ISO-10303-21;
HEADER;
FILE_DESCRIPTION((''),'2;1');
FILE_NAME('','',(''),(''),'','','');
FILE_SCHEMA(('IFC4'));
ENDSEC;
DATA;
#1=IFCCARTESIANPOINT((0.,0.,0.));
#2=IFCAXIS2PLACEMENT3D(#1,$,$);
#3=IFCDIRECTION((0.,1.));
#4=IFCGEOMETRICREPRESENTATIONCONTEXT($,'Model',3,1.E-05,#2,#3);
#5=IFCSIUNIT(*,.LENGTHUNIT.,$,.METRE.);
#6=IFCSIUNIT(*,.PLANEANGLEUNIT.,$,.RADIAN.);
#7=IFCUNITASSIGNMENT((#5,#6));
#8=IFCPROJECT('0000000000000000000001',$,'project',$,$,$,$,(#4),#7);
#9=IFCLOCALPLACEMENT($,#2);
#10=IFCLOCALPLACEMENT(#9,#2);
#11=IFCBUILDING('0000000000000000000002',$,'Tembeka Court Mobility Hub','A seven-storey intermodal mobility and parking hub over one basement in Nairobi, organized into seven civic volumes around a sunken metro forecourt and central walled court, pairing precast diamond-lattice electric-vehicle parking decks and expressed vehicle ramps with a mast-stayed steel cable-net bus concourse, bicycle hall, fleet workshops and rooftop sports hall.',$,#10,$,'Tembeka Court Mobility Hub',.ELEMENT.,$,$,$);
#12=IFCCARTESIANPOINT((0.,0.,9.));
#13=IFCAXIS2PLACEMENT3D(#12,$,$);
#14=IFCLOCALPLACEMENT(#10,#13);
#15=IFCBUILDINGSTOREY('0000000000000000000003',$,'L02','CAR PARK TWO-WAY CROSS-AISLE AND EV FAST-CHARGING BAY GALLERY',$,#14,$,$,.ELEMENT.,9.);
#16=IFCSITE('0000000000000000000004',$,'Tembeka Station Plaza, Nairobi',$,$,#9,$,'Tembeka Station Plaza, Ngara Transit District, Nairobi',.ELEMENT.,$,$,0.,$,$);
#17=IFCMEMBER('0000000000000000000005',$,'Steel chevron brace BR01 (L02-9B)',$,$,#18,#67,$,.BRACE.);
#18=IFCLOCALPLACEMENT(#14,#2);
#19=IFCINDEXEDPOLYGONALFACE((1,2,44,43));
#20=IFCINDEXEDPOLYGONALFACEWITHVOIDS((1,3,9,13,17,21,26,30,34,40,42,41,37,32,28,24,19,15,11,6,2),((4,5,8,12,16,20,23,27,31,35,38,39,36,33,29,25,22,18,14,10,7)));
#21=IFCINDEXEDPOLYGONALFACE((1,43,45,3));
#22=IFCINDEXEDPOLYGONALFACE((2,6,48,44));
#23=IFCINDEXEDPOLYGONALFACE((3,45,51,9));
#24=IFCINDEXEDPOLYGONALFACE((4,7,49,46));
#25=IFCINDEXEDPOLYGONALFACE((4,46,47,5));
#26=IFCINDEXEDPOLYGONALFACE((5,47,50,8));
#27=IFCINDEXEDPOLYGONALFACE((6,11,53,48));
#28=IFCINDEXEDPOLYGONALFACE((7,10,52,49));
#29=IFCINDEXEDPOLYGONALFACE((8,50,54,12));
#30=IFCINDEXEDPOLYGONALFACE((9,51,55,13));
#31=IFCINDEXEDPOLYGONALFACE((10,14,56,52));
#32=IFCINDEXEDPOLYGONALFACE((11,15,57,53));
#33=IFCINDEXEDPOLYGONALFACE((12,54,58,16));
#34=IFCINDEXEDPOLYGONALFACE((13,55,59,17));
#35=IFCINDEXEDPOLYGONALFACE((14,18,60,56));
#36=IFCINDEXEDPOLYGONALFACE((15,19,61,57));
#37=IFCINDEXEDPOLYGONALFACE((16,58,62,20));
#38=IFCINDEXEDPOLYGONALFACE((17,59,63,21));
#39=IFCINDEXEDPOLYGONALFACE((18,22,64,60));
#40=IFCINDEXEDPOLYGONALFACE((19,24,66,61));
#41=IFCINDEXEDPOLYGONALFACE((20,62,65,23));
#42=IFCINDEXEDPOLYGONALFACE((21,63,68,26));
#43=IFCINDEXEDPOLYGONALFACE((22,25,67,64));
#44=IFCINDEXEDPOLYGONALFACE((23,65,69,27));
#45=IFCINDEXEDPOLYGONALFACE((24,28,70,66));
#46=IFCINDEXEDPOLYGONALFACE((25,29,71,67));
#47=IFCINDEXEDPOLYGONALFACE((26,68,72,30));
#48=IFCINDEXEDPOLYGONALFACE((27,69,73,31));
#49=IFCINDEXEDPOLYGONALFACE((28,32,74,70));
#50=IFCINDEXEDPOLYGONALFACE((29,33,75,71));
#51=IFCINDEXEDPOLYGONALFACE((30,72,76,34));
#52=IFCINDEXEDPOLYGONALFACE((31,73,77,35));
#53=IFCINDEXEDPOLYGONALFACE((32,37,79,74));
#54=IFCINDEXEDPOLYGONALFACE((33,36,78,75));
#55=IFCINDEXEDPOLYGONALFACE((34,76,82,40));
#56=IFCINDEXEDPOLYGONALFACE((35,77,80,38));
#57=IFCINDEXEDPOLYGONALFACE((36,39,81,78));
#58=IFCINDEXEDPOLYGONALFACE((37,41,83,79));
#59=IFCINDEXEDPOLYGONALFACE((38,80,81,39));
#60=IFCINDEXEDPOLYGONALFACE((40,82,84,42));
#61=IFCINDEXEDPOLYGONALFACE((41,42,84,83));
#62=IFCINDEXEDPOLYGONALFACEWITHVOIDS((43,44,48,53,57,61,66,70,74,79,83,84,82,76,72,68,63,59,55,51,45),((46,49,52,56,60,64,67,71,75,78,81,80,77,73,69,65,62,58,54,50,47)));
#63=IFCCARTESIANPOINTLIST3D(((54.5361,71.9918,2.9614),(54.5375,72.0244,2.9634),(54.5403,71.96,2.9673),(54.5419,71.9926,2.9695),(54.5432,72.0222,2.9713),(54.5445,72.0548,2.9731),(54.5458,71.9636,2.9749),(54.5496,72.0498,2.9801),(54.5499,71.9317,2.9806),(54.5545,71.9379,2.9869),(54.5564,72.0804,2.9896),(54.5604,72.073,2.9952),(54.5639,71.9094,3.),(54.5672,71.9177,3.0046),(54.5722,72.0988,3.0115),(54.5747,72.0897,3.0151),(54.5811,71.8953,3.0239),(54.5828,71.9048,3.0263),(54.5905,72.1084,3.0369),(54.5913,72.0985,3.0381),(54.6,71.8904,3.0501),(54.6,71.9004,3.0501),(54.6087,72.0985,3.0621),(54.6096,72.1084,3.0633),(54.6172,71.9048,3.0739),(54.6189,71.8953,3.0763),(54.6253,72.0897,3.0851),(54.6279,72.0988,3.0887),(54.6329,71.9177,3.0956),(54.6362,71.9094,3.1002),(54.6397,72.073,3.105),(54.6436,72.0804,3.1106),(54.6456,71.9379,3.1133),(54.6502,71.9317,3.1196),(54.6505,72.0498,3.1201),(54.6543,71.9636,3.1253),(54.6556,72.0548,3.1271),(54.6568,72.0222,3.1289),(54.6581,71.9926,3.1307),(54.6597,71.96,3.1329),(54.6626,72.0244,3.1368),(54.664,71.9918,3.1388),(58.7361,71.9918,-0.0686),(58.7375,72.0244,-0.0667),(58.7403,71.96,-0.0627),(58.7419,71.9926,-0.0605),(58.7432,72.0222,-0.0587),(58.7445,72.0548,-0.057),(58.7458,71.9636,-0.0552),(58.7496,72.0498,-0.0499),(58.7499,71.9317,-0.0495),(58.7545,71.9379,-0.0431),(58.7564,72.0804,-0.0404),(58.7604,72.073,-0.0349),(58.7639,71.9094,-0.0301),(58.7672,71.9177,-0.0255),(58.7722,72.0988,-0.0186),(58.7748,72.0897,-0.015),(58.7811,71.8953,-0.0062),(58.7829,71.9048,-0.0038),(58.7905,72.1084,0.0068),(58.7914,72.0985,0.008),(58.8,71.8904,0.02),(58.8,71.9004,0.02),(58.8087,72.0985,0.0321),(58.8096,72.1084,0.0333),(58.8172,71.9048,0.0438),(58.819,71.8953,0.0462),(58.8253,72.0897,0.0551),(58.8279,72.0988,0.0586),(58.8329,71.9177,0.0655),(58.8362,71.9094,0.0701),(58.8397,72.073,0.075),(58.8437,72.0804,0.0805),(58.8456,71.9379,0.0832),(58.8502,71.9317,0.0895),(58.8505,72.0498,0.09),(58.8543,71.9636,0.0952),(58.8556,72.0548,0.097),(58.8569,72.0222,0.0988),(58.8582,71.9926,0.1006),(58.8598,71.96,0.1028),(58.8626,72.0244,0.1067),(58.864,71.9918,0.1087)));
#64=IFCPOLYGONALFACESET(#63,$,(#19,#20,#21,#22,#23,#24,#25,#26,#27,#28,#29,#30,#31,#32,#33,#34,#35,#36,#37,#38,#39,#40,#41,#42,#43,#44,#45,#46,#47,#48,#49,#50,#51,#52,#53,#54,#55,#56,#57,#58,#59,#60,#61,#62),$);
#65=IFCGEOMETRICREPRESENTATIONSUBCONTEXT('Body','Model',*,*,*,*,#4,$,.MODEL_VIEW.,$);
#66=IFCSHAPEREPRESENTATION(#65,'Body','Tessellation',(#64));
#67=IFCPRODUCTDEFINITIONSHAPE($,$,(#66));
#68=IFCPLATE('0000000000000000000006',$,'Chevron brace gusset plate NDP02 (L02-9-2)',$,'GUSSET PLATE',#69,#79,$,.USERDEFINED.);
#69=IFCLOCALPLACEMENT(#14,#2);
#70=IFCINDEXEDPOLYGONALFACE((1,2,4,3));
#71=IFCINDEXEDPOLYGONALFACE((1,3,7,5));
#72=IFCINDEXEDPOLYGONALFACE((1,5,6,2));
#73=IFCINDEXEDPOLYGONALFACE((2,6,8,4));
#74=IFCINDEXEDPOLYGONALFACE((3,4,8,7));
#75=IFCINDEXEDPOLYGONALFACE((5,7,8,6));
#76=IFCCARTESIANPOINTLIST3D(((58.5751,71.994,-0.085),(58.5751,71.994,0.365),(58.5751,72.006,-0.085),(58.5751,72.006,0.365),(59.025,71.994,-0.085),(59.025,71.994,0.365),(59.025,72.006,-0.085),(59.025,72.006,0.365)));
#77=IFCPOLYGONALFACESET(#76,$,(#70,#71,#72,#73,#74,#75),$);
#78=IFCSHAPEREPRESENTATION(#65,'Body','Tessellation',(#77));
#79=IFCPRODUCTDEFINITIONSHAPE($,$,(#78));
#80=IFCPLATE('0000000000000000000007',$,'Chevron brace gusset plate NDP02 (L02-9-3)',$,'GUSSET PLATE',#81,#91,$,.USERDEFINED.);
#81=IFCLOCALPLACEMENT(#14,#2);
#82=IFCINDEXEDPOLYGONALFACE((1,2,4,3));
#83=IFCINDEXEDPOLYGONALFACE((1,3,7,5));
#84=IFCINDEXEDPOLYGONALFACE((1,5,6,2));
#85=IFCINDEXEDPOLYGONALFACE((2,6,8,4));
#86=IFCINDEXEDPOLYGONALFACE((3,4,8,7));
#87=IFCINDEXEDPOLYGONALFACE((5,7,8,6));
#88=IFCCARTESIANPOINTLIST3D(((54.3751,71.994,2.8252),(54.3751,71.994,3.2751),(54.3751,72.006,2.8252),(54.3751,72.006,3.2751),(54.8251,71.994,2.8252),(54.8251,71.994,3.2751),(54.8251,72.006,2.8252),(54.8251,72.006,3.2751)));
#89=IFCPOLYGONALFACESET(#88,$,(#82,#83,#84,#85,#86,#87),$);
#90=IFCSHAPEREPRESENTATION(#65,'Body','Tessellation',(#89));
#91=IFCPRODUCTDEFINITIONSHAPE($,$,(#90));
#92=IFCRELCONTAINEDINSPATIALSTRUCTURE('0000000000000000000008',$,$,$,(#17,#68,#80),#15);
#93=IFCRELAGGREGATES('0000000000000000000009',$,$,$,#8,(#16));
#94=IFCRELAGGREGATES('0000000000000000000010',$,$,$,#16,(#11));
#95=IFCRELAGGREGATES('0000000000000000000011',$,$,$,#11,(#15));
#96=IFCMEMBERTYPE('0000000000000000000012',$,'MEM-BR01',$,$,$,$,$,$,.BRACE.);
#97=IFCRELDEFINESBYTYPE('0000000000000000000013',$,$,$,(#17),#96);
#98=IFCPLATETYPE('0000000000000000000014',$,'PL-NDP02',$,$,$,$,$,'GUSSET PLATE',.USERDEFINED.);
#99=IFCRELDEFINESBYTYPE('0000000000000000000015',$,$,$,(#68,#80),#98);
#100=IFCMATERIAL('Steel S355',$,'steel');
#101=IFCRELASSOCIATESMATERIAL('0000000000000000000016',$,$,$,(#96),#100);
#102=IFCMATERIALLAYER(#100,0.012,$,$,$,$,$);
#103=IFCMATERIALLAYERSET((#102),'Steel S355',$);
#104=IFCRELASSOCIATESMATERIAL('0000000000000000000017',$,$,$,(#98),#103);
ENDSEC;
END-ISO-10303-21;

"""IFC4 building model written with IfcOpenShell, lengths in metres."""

from ifc_helpers import new_model, si_unit, direction, frame, origin, origin_2d, place, context, subcontext, project, spatial, rectangle, hollow_circle, extrude, material, layer, layer_set, material_profile, profile_set, type_object, element, save


model = new_model("IFC4")

# Units and contexts
model_context = context("Model", 3, precision=1e-05, world=origin(), true_north=direction((0.0, 1.0)))
body_context = subcontext(model_context, "Body", "Model", "MODEL_VIEW")
ifc_project = project(units=[si_unit("LENGTHUNIT", "METRE"), si_unit("PLANEANGLEUNIT", "RADIAN")], contexts=[model_context])

# Site, building, storey
site_placement = place(None, origin())
site = spatial("IfcSite", under=ifc_project, at=site_placement, Name="Tembeka Station Plaza, Nairobi", LongName="Tembeka Station Plaza, Ngara Transit District, Nairobi", CompositionType="ELEMENT", RefElevation=0.0)
building_placement = place(site_placement, origin())
building = spatial("IfcBuilding", under=site, at=building_placement, Name="Tembeka Court Mobility Hub", Description="A seven-storey intermodal mobility and parking hub over one basement in Nairobi, organized into seven civic volumes around a sunken metro forecourt and central walled court, pairing precast diamond-lattice electric-vehicle parking decks and expressed vehicle ramps with a mast-stayed steel cable-net bus concourse, bicycle hall, fleet workshops and rooftop sports hall.", LongName="Tembeka Court Mobility Hub", CompositionType="ELEMENT")
storey_placement = place(building_placement, frame((0.0, 0.0, 9.0)))
storey = spatial("IfcBuildingStorey", under=building, at=storey_placement, Name="L02", Description="CAR PARK TWO-WAY CROSS-AISLE AND EV FAST-CHARGING BAY GALLERY", CompositionType="ELEMENT", Elevation=9.0)

# Shared definitions
ifc_material_1 = material(Name="Steel S355", Category="steel")

# Member
ifc_material_profile_1 = material_profile(ifc_material_1, hollow_circle(Radius=0.1096, WallThickness=0.01, at=origin_2d()), Name="CHS 219.1x10")
ifc_profile_set_1 = profile_set([ifc_material_profile_1], Name="Steel S355")
member_type = type_object("IfcMemberType", Name="MEM-BR01", PredefinedType="BRACE", material=ifc_profile_set_1)
member_placement = place(storey_placement, frame((58.8, 72.0, 0.02), z_axis=(-0.810979, 0.0, 0.585076), x_axis=(0.0, -1.0, 0.0)))
element("IfcMember", 1, at=member_placement, inside=storey, type_object=member_type, Name="Steel chevron brace BR01 (L02-9B)", PredefinedType="BRACE", context=body_context, shape_type="SweptSolid", body=[
    extrude(hollow_circle(Radius=0.1096, WallThickness=0.01, at=origin_2d()), origin(), (0.0, 0.0, 1.0), 5.179),
])

# Plates
ifc_layer = layer(ifc_material_1, 0.012)
ifc_layer_set = layer_set([ifc_layer], Name="Steel S355")
plate_type = type_object("IfcPlateType", Name="PL-NDP02", ElementType="GUSSET PLATE", PredefinedType="USERDEFINED", material=ifc_layer_set)
for number, where, z_axis, x_axis, name in (
    (2, (58.8, 72.0, -0.085), (0.0, 0.0, 1.0), (1.0, 0.0, 0.0), "Chevron brace gusset plate NDP02 (L02-9-2)"),
    (3, (54.6001, 72.0, 2.8252), (0.0, 0.0, 1.0), (1.0, 0.0, 0.0), "Chevron brace gusset plate NDP02 (L02-9-3)"),
):
    element("IfcPlate", number, at=place(storey_placement, frame(where, z_axis=z_axis, x_axis=x_axis)), inside=storey, type_object=plate_type, Name=name, ObjectType="GUSSET PLATE", PredefinedType="USERDEFINED", context=body_context, shape_type="SweptSolid", body=[
        extrude(rectangle(XDim=0.45, YDim=0.012, at=origin_2d()), origin(), (0.0, 0.0, 1.0), 0.45),
    ])

save(model, "model.ifc")
